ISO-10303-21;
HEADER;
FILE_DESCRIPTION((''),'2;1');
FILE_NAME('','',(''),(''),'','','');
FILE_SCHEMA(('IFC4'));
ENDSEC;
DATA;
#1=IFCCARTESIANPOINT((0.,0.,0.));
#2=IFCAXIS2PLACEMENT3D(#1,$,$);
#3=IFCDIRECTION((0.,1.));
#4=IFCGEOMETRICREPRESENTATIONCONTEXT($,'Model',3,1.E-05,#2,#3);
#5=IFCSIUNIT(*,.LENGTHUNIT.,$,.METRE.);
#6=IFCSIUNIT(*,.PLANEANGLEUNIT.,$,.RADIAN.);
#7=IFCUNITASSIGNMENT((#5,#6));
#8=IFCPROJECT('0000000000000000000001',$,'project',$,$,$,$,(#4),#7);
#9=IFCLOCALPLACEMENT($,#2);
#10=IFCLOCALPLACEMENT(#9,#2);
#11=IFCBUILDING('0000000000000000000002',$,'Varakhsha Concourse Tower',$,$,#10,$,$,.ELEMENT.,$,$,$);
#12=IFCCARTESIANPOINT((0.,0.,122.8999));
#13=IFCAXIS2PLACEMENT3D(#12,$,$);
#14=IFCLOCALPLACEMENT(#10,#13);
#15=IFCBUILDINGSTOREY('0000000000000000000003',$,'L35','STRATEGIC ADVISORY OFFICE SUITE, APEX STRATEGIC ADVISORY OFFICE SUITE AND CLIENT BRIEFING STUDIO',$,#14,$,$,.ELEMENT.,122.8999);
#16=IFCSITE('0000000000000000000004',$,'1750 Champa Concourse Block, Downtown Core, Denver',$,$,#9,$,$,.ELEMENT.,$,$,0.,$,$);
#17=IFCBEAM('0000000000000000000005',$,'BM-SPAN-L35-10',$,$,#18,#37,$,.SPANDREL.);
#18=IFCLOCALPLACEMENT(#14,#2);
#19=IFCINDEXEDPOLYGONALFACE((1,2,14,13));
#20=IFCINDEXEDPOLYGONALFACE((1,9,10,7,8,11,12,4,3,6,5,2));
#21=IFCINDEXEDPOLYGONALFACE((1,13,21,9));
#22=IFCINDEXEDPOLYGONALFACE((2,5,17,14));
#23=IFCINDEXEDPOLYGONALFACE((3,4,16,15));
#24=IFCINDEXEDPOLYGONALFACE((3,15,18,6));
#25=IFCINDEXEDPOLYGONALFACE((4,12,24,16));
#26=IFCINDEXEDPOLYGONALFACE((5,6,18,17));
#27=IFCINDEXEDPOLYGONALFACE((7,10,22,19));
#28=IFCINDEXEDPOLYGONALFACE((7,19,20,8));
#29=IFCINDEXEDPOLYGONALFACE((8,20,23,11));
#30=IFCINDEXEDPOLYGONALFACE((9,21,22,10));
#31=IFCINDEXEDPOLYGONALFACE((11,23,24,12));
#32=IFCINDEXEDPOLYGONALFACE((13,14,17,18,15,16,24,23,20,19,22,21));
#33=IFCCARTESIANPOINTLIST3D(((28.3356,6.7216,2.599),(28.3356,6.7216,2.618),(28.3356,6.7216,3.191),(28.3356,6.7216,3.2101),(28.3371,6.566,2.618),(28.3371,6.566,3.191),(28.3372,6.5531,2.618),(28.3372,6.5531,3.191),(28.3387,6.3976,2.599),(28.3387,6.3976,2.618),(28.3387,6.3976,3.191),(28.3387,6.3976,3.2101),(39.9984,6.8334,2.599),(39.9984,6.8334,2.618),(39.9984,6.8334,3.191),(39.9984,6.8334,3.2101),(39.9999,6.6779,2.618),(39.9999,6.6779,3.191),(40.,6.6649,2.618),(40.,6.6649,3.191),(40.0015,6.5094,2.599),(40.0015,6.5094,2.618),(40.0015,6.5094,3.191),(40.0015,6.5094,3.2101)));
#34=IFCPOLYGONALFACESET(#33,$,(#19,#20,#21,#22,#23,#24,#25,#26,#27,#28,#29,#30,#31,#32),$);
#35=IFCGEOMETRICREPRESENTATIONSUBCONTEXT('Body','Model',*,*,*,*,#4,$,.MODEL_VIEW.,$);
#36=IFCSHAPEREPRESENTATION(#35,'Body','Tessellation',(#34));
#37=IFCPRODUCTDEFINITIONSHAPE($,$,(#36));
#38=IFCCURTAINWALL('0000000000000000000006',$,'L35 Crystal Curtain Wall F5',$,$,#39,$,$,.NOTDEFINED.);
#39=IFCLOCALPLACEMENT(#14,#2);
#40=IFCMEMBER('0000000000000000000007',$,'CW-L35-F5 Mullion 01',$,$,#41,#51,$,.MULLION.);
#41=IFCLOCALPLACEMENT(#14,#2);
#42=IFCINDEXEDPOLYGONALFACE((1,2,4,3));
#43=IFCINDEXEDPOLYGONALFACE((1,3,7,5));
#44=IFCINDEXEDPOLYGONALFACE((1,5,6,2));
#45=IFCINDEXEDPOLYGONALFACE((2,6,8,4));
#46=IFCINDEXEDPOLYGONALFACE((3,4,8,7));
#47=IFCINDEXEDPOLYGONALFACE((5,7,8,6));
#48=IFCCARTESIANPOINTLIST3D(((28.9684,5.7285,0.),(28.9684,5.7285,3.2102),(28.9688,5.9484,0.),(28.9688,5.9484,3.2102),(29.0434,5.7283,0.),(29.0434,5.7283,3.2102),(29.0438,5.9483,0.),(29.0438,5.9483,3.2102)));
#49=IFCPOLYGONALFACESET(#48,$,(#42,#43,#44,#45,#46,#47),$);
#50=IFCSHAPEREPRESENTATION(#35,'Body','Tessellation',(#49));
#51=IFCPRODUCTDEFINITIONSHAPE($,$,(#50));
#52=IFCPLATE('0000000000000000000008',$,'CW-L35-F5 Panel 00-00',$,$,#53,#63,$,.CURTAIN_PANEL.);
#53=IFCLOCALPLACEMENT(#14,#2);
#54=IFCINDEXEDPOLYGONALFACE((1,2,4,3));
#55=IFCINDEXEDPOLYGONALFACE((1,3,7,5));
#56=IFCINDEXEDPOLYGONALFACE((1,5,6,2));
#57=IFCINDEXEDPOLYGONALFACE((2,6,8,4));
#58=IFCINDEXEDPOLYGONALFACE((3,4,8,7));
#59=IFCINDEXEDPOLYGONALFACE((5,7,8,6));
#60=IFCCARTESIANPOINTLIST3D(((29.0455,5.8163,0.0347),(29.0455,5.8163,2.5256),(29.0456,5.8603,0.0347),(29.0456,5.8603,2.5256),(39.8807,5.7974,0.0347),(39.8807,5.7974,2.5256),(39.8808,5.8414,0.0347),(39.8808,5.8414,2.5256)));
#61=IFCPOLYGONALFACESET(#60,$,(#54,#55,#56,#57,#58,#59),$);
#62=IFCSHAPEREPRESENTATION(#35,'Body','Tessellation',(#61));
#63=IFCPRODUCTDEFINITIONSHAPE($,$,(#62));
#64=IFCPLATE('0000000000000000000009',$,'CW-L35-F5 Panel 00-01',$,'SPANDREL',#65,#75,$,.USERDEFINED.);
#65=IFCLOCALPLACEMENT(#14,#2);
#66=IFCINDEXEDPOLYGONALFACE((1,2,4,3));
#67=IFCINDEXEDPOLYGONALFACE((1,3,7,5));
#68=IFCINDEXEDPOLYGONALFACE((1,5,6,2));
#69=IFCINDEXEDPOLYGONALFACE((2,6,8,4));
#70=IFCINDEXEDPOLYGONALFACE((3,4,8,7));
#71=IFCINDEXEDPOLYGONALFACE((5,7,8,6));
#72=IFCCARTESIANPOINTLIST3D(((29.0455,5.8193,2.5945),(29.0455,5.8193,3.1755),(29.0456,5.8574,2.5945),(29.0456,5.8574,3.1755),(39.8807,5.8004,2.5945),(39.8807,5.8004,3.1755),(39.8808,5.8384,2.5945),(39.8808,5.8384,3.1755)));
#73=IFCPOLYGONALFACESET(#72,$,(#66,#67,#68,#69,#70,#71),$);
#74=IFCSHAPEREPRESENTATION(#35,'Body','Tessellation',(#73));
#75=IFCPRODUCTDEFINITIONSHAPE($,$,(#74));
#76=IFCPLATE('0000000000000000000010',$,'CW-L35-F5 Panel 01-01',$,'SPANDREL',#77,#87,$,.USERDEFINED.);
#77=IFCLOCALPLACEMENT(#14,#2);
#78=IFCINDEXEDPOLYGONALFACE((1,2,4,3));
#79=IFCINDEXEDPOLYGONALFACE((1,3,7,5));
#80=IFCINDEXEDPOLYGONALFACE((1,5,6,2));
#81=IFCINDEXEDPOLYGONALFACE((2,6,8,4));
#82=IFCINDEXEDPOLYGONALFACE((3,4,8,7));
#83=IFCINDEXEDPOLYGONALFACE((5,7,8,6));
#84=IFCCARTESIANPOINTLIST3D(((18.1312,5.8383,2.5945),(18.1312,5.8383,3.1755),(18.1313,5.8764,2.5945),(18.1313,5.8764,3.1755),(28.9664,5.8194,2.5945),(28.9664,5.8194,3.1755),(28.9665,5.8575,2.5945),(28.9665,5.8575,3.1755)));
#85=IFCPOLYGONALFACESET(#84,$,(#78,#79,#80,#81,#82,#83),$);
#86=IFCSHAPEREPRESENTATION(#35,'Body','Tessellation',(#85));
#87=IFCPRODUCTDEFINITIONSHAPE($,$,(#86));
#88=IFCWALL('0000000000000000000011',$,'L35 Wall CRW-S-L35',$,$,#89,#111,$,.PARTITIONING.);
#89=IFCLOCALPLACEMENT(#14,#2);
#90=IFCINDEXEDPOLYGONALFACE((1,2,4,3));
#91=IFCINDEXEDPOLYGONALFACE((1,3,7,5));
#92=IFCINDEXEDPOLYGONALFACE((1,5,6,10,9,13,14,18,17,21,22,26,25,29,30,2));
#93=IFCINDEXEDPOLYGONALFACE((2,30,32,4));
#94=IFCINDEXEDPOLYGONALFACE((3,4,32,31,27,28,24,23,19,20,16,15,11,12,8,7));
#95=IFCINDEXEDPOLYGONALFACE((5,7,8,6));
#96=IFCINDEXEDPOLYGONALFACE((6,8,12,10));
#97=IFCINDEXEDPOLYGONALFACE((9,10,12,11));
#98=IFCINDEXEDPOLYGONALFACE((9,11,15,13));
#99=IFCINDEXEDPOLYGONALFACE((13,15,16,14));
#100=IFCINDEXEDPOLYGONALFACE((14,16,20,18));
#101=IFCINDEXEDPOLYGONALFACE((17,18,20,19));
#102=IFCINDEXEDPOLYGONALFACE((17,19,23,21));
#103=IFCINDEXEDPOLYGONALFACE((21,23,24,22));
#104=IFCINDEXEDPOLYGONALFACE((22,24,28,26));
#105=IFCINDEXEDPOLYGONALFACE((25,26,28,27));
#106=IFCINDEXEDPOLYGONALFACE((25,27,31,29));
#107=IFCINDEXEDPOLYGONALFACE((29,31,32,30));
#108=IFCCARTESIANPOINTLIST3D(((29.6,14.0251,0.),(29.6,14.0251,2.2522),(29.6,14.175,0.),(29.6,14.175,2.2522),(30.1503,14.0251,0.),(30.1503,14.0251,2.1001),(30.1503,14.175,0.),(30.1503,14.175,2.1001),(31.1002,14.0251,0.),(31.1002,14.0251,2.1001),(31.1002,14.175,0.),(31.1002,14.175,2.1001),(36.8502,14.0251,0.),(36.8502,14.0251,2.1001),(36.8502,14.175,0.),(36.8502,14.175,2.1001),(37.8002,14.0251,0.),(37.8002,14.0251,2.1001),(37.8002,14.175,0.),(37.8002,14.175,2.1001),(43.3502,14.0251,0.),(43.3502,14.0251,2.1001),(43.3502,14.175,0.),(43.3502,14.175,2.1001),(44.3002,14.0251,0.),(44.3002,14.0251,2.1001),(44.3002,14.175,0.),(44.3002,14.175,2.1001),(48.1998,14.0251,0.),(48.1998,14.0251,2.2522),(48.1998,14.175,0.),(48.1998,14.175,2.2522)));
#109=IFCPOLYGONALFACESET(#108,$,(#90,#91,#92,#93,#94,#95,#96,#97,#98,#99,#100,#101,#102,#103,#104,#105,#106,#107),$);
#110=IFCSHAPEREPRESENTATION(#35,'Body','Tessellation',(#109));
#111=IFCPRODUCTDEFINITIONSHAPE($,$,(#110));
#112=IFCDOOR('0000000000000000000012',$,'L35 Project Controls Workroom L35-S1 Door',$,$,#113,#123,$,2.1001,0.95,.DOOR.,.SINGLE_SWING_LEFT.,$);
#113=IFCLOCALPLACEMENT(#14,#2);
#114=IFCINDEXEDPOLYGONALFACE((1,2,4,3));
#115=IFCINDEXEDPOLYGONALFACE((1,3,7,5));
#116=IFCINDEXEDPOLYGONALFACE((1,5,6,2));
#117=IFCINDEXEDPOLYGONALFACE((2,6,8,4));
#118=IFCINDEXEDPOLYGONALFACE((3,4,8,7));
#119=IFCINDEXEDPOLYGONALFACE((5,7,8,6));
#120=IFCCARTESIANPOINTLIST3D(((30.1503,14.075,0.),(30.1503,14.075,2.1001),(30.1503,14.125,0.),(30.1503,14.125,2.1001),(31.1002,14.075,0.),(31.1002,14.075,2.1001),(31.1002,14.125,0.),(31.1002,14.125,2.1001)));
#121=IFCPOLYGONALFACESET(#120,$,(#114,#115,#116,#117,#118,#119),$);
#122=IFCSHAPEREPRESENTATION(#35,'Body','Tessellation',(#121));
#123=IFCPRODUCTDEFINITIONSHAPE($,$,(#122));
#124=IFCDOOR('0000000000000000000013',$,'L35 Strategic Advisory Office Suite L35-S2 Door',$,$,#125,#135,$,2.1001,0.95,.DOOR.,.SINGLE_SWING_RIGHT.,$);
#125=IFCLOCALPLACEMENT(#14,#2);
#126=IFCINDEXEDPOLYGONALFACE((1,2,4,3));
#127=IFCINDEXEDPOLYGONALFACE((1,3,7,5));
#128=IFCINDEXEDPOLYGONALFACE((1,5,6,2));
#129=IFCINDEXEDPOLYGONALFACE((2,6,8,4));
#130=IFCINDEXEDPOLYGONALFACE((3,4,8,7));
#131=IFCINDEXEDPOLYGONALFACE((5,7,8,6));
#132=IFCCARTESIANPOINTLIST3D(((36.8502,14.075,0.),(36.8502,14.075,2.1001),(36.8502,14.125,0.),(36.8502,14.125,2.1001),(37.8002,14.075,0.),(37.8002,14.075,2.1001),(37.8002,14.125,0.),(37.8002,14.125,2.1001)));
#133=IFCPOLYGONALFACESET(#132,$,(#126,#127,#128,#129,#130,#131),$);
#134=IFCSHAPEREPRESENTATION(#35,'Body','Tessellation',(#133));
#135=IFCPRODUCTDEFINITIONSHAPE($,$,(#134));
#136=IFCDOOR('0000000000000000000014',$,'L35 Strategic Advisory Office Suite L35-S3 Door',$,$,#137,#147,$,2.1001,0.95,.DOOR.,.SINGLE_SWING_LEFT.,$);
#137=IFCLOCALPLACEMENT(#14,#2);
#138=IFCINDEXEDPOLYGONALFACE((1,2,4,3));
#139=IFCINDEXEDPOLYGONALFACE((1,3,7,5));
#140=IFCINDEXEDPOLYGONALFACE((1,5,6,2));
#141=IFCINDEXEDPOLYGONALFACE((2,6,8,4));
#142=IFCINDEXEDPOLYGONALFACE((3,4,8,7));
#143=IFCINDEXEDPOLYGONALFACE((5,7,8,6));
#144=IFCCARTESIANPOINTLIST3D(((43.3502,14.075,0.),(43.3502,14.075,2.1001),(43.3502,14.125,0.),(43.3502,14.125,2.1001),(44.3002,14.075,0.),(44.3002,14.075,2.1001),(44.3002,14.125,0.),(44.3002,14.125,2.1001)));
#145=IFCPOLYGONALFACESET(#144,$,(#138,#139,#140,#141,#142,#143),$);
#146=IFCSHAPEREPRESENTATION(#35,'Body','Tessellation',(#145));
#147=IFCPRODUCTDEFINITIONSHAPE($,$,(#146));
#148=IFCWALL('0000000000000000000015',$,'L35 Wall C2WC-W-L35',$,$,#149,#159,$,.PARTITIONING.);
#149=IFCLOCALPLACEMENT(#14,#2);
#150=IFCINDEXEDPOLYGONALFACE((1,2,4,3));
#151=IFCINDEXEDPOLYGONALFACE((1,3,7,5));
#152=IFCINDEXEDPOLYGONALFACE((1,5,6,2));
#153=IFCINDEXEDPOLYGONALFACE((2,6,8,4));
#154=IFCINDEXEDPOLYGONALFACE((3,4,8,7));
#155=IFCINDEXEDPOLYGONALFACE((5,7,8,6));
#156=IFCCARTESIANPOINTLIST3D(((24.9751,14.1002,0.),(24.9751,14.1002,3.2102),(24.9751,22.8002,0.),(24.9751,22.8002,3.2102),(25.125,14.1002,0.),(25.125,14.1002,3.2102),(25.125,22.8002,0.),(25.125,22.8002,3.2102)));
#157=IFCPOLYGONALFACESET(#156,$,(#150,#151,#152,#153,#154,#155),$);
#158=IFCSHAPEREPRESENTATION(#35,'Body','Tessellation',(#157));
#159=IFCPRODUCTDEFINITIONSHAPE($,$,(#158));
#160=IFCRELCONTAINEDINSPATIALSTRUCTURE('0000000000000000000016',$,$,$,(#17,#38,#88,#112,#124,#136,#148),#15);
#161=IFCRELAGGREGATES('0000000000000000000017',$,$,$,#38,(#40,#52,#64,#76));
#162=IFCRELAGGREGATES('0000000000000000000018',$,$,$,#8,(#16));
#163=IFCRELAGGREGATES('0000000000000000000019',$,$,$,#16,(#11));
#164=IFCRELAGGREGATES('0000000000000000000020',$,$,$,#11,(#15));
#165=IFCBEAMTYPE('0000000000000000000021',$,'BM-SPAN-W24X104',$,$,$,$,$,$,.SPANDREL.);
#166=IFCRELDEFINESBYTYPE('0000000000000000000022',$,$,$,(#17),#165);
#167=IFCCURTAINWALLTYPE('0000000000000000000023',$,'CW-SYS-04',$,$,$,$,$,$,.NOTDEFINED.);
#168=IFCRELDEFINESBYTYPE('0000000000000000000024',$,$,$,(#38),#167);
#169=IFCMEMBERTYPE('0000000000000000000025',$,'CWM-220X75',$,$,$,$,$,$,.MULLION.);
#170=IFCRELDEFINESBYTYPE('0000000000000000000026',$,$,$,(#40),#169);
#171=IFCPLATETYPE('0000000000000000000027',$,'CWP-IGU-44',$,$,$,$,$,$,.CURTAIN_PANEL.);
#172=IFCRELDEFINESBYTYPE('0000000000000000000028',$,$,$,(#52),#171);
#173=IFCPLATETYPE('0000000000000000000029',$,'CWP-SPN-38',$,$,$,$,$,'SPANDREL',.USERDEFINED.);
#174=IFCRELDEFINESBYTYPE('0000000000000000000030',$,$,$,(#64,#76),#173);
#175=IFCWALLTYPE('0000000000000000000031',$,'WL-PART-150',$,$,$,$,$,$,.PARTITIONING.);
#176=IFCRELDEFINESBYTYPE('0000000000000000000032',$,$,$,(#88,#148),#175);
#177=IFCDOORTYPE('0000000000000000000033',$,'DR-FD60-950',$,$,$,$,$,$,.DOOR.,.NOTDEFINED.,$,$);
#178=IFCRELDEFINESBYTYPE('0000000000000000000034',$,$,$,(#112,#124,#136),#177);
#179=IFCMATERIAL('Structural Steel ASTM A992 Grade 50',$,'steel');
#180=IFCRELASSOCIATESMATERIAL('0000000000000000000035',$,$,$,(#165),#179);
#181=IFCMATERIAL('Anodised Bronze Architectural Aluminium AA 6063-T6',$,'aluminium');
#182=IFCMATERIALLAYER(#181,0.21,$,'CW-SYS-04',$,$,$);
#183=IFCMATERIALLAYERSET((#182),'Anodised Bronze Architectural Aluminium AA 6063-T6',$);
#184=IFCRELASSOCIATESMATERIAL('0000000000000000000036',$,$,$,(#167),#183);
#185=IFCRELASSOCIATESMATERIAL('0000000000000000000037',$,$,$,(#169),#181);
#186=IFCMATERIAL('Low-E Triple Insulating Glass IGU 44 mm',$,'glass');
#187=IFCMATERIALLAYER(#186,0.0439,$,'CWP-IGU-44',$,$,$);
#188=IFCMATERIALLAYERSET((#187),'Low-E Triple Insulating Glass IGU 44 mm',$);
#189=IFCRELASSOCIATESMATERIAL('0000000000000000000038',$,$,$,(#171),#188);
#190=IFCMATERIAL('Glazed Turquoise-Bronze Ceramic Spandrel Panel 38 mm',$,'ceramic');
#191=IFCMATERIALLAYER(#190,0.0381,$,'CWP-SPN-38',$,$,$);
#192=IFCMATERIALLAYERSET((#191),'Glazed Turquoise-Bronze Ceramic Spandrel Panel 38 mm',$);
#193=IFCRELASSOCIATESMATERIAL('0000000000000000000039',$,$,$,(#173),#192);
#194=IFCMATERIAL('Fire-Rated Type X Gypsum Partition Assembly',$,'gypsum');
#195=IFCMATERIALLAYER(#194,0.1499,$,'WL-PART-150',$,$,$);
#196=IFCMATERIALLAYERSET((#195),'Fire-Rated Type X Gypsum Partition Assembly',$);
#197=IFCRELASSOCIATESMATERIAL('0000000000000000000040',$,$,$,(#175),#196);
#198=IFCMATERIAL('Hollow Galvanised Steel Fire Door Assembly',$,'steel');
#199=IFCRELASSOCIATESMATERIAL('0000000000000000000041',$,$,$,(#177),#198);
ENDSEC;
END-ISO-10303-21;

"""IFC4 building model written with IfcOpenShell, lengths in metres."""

from ifc_helpers import new_model, si_unit, direction, frame, frame_2d, origin, origin_2d, place, context, subcontext, project, spatial, rectangle, i_section, extrude, source, transform, mapped, material, layer, layer_set, material_profile, profile_set, type_object, type_shapes, element, fill, aggregate, save


model = new_model("IFC4")

# Units and contexts
model_context = context("Model", 3, precision=1e-05, world=origin(), true_north=direction((0.0, 1.0)))
body_context = subcontext(model_context, "Body", "Model", "MODEL_VIEW")
ifc_project = project(units=[si_unit("LENGTHUNIT", "METRE"), si_unit("PLANEANGLEUNIT", "RADIAN")], contexts=[model_context])

# Site, building, storey
site_placement = place(None, origin())
site = spatial("IfcSite", under=ifc_project, at=site_placement, Name="1750 Champa Concourse Block, Downtown Core, Denver", CompositionType="ELEMENT", RefElevation=0.0)
building_placement = place(site_placement, origin())
building = spatial("IfcBuilding", under=site, at=building_placement, Name="Varakhsha Concourse Tower", CompositionType="ELEMENT")
storey_placement = place(building_placement, frame((0.0, 0.0, 122.8999)))
storey = spatial("IfcBuildingStorey", under=building, at=storey_placement, Name="L35", Description="STRATEGIC ADVISORY OFFICE SUITE, APEX STRATEGIC ADVISORY OFFICE SUITE AND CLIENT BRIEFING STUDIO", CompositionType="ELEMENT", Elevation=122.8999)

# Shared definitions
ifc_material_1 = material(Name="Structural Steel ASTM A992 Grade 50", Category="steel")

# Beam
ifc_material_profile_1 = material_profile(ifc_material_1, i_section(OverallWidth=0.324, OverallDepth=0.6111, WebThickness=0.0129, FlangeThickness=0.019, at=origin_2d()), Name="W24X104")
ifc_profile_set_1 = profile_set([ifc_material_profile_1], Name="Structural Steel ASTM A992 Grade 50")
beam_type_1 = type_object("IfcBeamType", Name="BM-SPAN-W24X104", PredefinedType="SPANDREL", material=ifc_profile_set_1)
beam_1_placement = place(storey_placement, frame((28.3372, 6.5596, 2.9045), z_axis=(0.999954, 0.009587, 0.0), x_axis=(-0.009587, 0.999954, 0.0)))
element("IfcBeam", 1, at=beam_1_placement, inside=storey, type_object=beam_type_1, Name="BM-SPAN-L35-10", PredefinedType="SPANDREL", context=body_context, shape_type="SweptSolid", body=[
    extrude(i_section(OverallWidth=0.324, OverallDepth=0.6111, WebThickness=0.0129, FlangeThickness=0.019, at=origin_2d()), origin(), (0.0, 0.0, 1.0), 11.6633),
])

# Curtain wall, member, plates
ifc_material_2 = material(Name="Anodised Bronze Architectural Aluminium AA 6063-T6", Category="aluminium")
ifc_layer_1 = layer(ifc_material_2, 0.21, Name="CW-SYS-04")
ifc_layer_set_1 = layer_set([ifc_layer_1], Name="Anodised Bronze Architectural Aluminium AA 6063-T6")
curtain_wall_type = type_object("IfcCurtainWallType", Name="CW-SYS-04", PredefinedType="NOTDEFINED", material=ifc_layer_set_1)
curtain_wall_placement = place(storey_placement, origin())
curtain_wall = element("IfcCurtainWall", 2, at=curtain_wall_placement, inside=storey, type_object=curtain_wall_type, Name="L35 Crystal Curtain Wall F5", PredefinedType="NOTDEFINED")
ifc_material_profile_2 = material_profile(ifc_material_2, rectangle(XDim=0.075, YDim=0.22, at=origin_2d()), Name="CWM-220X75")
ifc_profile_set_2 = profile_set([ifc_material_profile_2], Name="Anodised Bronze Architectural Aluminium AA 6063-T6")
member_type = type_object("IfcMemberType", Name="CWM-220X75", PredefinedType="MULLION", material=ifc_profile_set_2)
shared_shape_1 = source(origin(), body_context, "Body", "SweptSolid", [
    extrude(rectangle(XDim=0.075, YDim=0.22, at=origin_2d()), origin(), (0.0, 0.0, 1.0), 3.2102),
])
type_shapes(member_type, [shared_shape_1])
member_placement = place(storey_placement, frame((29.0061, 5.8384, 0.0), z_axis=(0.0, 0.0, 1.0), x_axis=(-0.999998, 0.001745, 0.0)))
member = element("IfcMember", 3, at=member_placement, type_object=member_type, Name="CW-L35-F5 Mullion 01", PredefinedType="MULLION", context=body_context, shape_type="MappedRepresentation", body=[
    mapped(shared_shape_1, transform((0.0, 0.0, 0.0), scale=1.0)),
])
ifc_material_3 = material(Name="Low-E Triple Insulating Glass IGU 44 mm", Category="glass")
ifc_layer_2 = layer(ifc_material_3, 0.0439, Name="CWP-IGU-44")
ifc_layer_set_2 = layer_set([ifc_layer_2], Name="Low-E Triple Insulating Glass IGU 44 mm")
plate_type_1 = type_object("IfcPlateType", Name="CWP-IGU-44", PredefinedType="CURTAIN_PANEL", material=ifc_layer_set_2)
shared_shape_2 = source(origin(), body_context, "Body", "SweptSolid", [
    extrude(rectangle(XDim=10.8352, YDim=0.0439, at=origin_2d()), origin(), (0.0, 0.0, 1.0), 2.491),
])
type_shapes(plate_type_1, [shared_shape_2])
plate_1_placement = place(storey_placement, frame((34.4631, 5.8289, 0.0347), z_axis=(0.0, 0.0, 1.0), x_axis=(-0.999998, 0.001745, 0.0)))
plate_1 = element("IfcPlate", 4, at=plate_1_placement, type_object=plate_type_1, Name="CW-L35-F5 Panel 00-00", PredefinedType="CURTAIN_PANEL", context=body_context, shape_type="MappedRepresentation", body=[
    mapped(shared_shape_2, transform((0.0, 0.0, 0.0), scale=1.0)),
])
ifc_material_4 = material(Name="Glazed Turquoise-Bronze Ceramic Spandrel Panel 38 mm", Category="ceramic")
ifc_layer_3 = layer(ifc_material_4, 0.0381, Name="CWP-SPN-38")
ifc_layer_set_3 = layer_set([ifc_layer_3], Name="Glazed Turquoise-Bronze Ceramic Spandrel Panel 38 mm")
plate_type_2 = type_object("IfcPlateType", Name="CWP-SPN-38", ElementType="SPANDREL", PredefinedType="USERDEFINED", material=ifc_layer_set_3)
shared_shape_3 = source(origin(), body_context, "Body", "SweptSolid", [
    extrude(rectangle(XDim=10.8352, YDim=0.0381, at=origin_2d()), origin(), (0.0, 0.0, 1.0), 0.5811),
])
type_shapes(plate_type_2, [shared_shape_3])
plate_2_placement = place(storey_placement, frame((34.4631, 5.8289, 2.5945), z_axis=(0.0, 0.0, 1.0), x_axis=(-0.999998, 0.001745, 0.0)))
plate_2 = element("IfcPlate", 5, at=plate_2_placement, type_object=plate_type_2, Name="CW-L35-F5 Panel 00-01", ObjectType="SPANDREL", PredefinedType="USERDEFINED", context=body_context, shape_type="MappedRepresentation", body=[
    mapped(shared_shape_3, transform((0.0, 0.0, 0.0), scale=1.0)),
])
plate_3_placement = place(storey_placement, frame((23.5488, 5.8479, 2.5945), z_axis=(0.0, 0.0, 1.0), x_axis=(-0.999998, 0.001745, 0.0)))
plate_3 = element("IfcPlate", 6, at=plate_3_placement, type_object=plate_type_2, Name="CW-L35-F5 Panel 01-01", ObjectType="SPANDREL", PredefinedType="USERDEFINED", context=body_context, shape_type="MappedRepresentation", body=[
    mapped(shared_shape_3, transform((0.0, 0.0, 0.0), scale=1.0)),
])
aggregate(curtain_wall, [member, plate_1, plate_2, plate_3])

# Wall, openings, doors
ifc_material_5 = material(Name="Fire-Rated Type X Gypsum Partition Assembly", Category="gypsum")
ifc_layer_4 = layer(ifc_material_5, 0.1499, Name="WL-PART-150")
ifc_layer_set_4 = layer_set([ifc_layer_4], Name="Fire-Rated Type X Gypsum Partition Assembly")
wall_type = type_object("IfcWallType", Name="WL-PART-150", PredefinedType="PARTITIONING", material=ifc_layer_set_4)
wall_1_placement = place(storey_placement, frame((29.6001, 14.1001, 0.0), z_axis=(0.0, 0.0, 1.0), x_axis=(1.0, 0.0, 0.0)))
wall_1 = element("IfcWall", 7, at=wall_1_placement, inside=storey, type_object=wall_type, Name="L35 Wall CRW-S-L35", PredefinedType="PARTITIONING", context=body_context, shape_type="SweptSolid", body=[
    extrude(rectangle(XDim=18.5999, YDim=0.1499, at=frame_2d((9.2998, 0.0))), origin(), (0.0, 0.0, 1.0), 2.2522),
])
opening_1_placement = place(wall_1_placement, frame((0.55, 0.0, 0.0)))
opening_1 = element("IfcOpeningElement", 8, at=opening_1_placement, cuts=wall_1, PredefinedType="OPENING", context=body_context, shape_type="SweptSolid", body=[
    extrude(rectangle(XDim=0.95, YDim=2.1001, at=frame_2d((0.4751, 1.05))), frame((0.0, 0.085, 0.0), z_axis=(0.0, -1.0, 0.0), x_axis=(1.0, 0.0, 0.0)), (0.0, 0.0, 1.0), 0.1699),
])
opening_2_placement = place(wall_1_placement, frame((7.25, 0.0, 0.0)))
opening_2 = element("IfcOpeningElement", 9, at=opening_2_placement, cuts=wall_1, PredefinedType="OPENING", context=body_context, shape_type="SweptSolid", body=[
    extrude(rectangle(XDim=0.95, YDim=2.1001, at=frame_2d((0.4751, 1.05))), frame((0.0, 0.085, 0.0), z_axis=(0.0, -1.0, 0.0), x_axis=(1.0, 0.0, 0.0)), (0.0, 0.0, 1.0), 0.1699),
])
opening_3_placement = place(wall_1_placement, frame((13.75, 0.0, 0.0)))
opening_3 = element("IfcOpeningElement", 10, at=opening_3_placement, cuts=wall_1, PredefinedType="OPENING", context=body_context, shape_type="SweptSolid", body=[
    extrude(rectangle(XDim=0.95, YDim=2.1001, at=frame_2d((0.4751, 1.05))), frame((0.0, 0.085, 0.0), z_axis=(0.0, -1.0, 0.0), x_axis=(1.0, 0.0, 0.0)), (0.0, 0.0, 1.0), 0.1699),
])
ifc_material_6 = material(Name="Hollow Galvanised Steel Fire Door Assembly", Category="steel")
door_type = type_object("IfcDoorType", Name="DR-FD60-950", OperationType="NOTDEFINED", PredefinedType="DOOR", material=ifc_material_6)
door_1_placement = place(opening_1_placement, origin())
door_1 = element("IfcDoor", 11, at=door_1_placement, inside=storey, type_object=door_type, Name="L35 Project Controls Workroom L35-S1 Door", OperationType="SINGLE_SWING_LEFT", OverallHeight=2.1001, OverallWidth=0.95, PredefinedType="DOOR", context=body_context, shape_type="SweptSolid", body=[
    extrude(rectangle(XDim=0.95, YDim=2.1001, at=frame_2d((0.4751, 1.05))), frame((0.0, 0.0249, 0.0), z_axis=(0.0, -1.0, 0.0), x_axis=(1.0, 0.0, 0.0)), (0.0, 0.0, 1.0), 0.05),
])
fill(opening_1, door_1)
door_2_placement = place(opening_2_placement, origin())
door_2 = element("IfcDoor", 12, at=door_2_placement, inside=storey, type_object=door_type, Name="L35 Strategic Advisory Office Suite L35-S2 Door", OperationType="SINGLE_SWING_RIGHT", OverallHeight=2.1001, OverallWidth=0.95, PredefinedType="DOOR", context=body_context, shape_type="SweptSolid", body=[
    extrude(rectangle(XDim=0.95, YDim=2.1001, at=frame_2d((0.4751, 1.05))), frame((0.0, 0.0249, 0.0), z_axis=(0.0, -1.0, 0.0), x_axis=(1.0, 0.0, 0.0)), (0.0, 0.0, 1.0), 0.05),
])
fill(opening_2, door_2)
door_3_placement = place(opening_3_placement, origin())
door_3 = element("IfcDoor", 13, at=door_3_placement, inside=storey, type_object=door_type, Name="L35 Strategic Advisory Office Suite L35-S3 Door", OperationType="SINGLE_SWING_LEFT", OverallHeight=2.1001, OverallWidth=0.95, PredefinedType="DOOR", context=body_context, shape_type="SweptSolid", body=[
    extrude(rectangle(XDim=0.95, YDim=2.1001, at=frame_2d((0.4751, 1.05))), frame((0.0, 0.0249, 0.0), z_axis=(0.0, -1.0, 0.0), x_axis=(1.0, 0.0, 0.0)), (0.0, 0.0, 1.0), 0.05),
])
fill(opening_3, door_3)

# Wall
wall_2_placement = place(storey_placement, frame((25.05, 14.1001, 0.0), z_axis=(0.0, 0.0, 1.0), x_axis=(0.0, 1.0, 0.0)))
element("IfcWall", 14, at=wall_2_placement, inside=storey, type_object=wall_type, Name="L35 Wall C2WC-W-L35", PredefinedType="PARTITIONING", context=body_context, shape_type="SweptSolid", body=[
    extrude(rectangle(XDim=8.7, YDim=0.1499, at=frame_2d((4.3501, 0.0))), origin(), (0.0, 0.0, 1.0), 3.2102),
])

save(model, "model.ifc")
